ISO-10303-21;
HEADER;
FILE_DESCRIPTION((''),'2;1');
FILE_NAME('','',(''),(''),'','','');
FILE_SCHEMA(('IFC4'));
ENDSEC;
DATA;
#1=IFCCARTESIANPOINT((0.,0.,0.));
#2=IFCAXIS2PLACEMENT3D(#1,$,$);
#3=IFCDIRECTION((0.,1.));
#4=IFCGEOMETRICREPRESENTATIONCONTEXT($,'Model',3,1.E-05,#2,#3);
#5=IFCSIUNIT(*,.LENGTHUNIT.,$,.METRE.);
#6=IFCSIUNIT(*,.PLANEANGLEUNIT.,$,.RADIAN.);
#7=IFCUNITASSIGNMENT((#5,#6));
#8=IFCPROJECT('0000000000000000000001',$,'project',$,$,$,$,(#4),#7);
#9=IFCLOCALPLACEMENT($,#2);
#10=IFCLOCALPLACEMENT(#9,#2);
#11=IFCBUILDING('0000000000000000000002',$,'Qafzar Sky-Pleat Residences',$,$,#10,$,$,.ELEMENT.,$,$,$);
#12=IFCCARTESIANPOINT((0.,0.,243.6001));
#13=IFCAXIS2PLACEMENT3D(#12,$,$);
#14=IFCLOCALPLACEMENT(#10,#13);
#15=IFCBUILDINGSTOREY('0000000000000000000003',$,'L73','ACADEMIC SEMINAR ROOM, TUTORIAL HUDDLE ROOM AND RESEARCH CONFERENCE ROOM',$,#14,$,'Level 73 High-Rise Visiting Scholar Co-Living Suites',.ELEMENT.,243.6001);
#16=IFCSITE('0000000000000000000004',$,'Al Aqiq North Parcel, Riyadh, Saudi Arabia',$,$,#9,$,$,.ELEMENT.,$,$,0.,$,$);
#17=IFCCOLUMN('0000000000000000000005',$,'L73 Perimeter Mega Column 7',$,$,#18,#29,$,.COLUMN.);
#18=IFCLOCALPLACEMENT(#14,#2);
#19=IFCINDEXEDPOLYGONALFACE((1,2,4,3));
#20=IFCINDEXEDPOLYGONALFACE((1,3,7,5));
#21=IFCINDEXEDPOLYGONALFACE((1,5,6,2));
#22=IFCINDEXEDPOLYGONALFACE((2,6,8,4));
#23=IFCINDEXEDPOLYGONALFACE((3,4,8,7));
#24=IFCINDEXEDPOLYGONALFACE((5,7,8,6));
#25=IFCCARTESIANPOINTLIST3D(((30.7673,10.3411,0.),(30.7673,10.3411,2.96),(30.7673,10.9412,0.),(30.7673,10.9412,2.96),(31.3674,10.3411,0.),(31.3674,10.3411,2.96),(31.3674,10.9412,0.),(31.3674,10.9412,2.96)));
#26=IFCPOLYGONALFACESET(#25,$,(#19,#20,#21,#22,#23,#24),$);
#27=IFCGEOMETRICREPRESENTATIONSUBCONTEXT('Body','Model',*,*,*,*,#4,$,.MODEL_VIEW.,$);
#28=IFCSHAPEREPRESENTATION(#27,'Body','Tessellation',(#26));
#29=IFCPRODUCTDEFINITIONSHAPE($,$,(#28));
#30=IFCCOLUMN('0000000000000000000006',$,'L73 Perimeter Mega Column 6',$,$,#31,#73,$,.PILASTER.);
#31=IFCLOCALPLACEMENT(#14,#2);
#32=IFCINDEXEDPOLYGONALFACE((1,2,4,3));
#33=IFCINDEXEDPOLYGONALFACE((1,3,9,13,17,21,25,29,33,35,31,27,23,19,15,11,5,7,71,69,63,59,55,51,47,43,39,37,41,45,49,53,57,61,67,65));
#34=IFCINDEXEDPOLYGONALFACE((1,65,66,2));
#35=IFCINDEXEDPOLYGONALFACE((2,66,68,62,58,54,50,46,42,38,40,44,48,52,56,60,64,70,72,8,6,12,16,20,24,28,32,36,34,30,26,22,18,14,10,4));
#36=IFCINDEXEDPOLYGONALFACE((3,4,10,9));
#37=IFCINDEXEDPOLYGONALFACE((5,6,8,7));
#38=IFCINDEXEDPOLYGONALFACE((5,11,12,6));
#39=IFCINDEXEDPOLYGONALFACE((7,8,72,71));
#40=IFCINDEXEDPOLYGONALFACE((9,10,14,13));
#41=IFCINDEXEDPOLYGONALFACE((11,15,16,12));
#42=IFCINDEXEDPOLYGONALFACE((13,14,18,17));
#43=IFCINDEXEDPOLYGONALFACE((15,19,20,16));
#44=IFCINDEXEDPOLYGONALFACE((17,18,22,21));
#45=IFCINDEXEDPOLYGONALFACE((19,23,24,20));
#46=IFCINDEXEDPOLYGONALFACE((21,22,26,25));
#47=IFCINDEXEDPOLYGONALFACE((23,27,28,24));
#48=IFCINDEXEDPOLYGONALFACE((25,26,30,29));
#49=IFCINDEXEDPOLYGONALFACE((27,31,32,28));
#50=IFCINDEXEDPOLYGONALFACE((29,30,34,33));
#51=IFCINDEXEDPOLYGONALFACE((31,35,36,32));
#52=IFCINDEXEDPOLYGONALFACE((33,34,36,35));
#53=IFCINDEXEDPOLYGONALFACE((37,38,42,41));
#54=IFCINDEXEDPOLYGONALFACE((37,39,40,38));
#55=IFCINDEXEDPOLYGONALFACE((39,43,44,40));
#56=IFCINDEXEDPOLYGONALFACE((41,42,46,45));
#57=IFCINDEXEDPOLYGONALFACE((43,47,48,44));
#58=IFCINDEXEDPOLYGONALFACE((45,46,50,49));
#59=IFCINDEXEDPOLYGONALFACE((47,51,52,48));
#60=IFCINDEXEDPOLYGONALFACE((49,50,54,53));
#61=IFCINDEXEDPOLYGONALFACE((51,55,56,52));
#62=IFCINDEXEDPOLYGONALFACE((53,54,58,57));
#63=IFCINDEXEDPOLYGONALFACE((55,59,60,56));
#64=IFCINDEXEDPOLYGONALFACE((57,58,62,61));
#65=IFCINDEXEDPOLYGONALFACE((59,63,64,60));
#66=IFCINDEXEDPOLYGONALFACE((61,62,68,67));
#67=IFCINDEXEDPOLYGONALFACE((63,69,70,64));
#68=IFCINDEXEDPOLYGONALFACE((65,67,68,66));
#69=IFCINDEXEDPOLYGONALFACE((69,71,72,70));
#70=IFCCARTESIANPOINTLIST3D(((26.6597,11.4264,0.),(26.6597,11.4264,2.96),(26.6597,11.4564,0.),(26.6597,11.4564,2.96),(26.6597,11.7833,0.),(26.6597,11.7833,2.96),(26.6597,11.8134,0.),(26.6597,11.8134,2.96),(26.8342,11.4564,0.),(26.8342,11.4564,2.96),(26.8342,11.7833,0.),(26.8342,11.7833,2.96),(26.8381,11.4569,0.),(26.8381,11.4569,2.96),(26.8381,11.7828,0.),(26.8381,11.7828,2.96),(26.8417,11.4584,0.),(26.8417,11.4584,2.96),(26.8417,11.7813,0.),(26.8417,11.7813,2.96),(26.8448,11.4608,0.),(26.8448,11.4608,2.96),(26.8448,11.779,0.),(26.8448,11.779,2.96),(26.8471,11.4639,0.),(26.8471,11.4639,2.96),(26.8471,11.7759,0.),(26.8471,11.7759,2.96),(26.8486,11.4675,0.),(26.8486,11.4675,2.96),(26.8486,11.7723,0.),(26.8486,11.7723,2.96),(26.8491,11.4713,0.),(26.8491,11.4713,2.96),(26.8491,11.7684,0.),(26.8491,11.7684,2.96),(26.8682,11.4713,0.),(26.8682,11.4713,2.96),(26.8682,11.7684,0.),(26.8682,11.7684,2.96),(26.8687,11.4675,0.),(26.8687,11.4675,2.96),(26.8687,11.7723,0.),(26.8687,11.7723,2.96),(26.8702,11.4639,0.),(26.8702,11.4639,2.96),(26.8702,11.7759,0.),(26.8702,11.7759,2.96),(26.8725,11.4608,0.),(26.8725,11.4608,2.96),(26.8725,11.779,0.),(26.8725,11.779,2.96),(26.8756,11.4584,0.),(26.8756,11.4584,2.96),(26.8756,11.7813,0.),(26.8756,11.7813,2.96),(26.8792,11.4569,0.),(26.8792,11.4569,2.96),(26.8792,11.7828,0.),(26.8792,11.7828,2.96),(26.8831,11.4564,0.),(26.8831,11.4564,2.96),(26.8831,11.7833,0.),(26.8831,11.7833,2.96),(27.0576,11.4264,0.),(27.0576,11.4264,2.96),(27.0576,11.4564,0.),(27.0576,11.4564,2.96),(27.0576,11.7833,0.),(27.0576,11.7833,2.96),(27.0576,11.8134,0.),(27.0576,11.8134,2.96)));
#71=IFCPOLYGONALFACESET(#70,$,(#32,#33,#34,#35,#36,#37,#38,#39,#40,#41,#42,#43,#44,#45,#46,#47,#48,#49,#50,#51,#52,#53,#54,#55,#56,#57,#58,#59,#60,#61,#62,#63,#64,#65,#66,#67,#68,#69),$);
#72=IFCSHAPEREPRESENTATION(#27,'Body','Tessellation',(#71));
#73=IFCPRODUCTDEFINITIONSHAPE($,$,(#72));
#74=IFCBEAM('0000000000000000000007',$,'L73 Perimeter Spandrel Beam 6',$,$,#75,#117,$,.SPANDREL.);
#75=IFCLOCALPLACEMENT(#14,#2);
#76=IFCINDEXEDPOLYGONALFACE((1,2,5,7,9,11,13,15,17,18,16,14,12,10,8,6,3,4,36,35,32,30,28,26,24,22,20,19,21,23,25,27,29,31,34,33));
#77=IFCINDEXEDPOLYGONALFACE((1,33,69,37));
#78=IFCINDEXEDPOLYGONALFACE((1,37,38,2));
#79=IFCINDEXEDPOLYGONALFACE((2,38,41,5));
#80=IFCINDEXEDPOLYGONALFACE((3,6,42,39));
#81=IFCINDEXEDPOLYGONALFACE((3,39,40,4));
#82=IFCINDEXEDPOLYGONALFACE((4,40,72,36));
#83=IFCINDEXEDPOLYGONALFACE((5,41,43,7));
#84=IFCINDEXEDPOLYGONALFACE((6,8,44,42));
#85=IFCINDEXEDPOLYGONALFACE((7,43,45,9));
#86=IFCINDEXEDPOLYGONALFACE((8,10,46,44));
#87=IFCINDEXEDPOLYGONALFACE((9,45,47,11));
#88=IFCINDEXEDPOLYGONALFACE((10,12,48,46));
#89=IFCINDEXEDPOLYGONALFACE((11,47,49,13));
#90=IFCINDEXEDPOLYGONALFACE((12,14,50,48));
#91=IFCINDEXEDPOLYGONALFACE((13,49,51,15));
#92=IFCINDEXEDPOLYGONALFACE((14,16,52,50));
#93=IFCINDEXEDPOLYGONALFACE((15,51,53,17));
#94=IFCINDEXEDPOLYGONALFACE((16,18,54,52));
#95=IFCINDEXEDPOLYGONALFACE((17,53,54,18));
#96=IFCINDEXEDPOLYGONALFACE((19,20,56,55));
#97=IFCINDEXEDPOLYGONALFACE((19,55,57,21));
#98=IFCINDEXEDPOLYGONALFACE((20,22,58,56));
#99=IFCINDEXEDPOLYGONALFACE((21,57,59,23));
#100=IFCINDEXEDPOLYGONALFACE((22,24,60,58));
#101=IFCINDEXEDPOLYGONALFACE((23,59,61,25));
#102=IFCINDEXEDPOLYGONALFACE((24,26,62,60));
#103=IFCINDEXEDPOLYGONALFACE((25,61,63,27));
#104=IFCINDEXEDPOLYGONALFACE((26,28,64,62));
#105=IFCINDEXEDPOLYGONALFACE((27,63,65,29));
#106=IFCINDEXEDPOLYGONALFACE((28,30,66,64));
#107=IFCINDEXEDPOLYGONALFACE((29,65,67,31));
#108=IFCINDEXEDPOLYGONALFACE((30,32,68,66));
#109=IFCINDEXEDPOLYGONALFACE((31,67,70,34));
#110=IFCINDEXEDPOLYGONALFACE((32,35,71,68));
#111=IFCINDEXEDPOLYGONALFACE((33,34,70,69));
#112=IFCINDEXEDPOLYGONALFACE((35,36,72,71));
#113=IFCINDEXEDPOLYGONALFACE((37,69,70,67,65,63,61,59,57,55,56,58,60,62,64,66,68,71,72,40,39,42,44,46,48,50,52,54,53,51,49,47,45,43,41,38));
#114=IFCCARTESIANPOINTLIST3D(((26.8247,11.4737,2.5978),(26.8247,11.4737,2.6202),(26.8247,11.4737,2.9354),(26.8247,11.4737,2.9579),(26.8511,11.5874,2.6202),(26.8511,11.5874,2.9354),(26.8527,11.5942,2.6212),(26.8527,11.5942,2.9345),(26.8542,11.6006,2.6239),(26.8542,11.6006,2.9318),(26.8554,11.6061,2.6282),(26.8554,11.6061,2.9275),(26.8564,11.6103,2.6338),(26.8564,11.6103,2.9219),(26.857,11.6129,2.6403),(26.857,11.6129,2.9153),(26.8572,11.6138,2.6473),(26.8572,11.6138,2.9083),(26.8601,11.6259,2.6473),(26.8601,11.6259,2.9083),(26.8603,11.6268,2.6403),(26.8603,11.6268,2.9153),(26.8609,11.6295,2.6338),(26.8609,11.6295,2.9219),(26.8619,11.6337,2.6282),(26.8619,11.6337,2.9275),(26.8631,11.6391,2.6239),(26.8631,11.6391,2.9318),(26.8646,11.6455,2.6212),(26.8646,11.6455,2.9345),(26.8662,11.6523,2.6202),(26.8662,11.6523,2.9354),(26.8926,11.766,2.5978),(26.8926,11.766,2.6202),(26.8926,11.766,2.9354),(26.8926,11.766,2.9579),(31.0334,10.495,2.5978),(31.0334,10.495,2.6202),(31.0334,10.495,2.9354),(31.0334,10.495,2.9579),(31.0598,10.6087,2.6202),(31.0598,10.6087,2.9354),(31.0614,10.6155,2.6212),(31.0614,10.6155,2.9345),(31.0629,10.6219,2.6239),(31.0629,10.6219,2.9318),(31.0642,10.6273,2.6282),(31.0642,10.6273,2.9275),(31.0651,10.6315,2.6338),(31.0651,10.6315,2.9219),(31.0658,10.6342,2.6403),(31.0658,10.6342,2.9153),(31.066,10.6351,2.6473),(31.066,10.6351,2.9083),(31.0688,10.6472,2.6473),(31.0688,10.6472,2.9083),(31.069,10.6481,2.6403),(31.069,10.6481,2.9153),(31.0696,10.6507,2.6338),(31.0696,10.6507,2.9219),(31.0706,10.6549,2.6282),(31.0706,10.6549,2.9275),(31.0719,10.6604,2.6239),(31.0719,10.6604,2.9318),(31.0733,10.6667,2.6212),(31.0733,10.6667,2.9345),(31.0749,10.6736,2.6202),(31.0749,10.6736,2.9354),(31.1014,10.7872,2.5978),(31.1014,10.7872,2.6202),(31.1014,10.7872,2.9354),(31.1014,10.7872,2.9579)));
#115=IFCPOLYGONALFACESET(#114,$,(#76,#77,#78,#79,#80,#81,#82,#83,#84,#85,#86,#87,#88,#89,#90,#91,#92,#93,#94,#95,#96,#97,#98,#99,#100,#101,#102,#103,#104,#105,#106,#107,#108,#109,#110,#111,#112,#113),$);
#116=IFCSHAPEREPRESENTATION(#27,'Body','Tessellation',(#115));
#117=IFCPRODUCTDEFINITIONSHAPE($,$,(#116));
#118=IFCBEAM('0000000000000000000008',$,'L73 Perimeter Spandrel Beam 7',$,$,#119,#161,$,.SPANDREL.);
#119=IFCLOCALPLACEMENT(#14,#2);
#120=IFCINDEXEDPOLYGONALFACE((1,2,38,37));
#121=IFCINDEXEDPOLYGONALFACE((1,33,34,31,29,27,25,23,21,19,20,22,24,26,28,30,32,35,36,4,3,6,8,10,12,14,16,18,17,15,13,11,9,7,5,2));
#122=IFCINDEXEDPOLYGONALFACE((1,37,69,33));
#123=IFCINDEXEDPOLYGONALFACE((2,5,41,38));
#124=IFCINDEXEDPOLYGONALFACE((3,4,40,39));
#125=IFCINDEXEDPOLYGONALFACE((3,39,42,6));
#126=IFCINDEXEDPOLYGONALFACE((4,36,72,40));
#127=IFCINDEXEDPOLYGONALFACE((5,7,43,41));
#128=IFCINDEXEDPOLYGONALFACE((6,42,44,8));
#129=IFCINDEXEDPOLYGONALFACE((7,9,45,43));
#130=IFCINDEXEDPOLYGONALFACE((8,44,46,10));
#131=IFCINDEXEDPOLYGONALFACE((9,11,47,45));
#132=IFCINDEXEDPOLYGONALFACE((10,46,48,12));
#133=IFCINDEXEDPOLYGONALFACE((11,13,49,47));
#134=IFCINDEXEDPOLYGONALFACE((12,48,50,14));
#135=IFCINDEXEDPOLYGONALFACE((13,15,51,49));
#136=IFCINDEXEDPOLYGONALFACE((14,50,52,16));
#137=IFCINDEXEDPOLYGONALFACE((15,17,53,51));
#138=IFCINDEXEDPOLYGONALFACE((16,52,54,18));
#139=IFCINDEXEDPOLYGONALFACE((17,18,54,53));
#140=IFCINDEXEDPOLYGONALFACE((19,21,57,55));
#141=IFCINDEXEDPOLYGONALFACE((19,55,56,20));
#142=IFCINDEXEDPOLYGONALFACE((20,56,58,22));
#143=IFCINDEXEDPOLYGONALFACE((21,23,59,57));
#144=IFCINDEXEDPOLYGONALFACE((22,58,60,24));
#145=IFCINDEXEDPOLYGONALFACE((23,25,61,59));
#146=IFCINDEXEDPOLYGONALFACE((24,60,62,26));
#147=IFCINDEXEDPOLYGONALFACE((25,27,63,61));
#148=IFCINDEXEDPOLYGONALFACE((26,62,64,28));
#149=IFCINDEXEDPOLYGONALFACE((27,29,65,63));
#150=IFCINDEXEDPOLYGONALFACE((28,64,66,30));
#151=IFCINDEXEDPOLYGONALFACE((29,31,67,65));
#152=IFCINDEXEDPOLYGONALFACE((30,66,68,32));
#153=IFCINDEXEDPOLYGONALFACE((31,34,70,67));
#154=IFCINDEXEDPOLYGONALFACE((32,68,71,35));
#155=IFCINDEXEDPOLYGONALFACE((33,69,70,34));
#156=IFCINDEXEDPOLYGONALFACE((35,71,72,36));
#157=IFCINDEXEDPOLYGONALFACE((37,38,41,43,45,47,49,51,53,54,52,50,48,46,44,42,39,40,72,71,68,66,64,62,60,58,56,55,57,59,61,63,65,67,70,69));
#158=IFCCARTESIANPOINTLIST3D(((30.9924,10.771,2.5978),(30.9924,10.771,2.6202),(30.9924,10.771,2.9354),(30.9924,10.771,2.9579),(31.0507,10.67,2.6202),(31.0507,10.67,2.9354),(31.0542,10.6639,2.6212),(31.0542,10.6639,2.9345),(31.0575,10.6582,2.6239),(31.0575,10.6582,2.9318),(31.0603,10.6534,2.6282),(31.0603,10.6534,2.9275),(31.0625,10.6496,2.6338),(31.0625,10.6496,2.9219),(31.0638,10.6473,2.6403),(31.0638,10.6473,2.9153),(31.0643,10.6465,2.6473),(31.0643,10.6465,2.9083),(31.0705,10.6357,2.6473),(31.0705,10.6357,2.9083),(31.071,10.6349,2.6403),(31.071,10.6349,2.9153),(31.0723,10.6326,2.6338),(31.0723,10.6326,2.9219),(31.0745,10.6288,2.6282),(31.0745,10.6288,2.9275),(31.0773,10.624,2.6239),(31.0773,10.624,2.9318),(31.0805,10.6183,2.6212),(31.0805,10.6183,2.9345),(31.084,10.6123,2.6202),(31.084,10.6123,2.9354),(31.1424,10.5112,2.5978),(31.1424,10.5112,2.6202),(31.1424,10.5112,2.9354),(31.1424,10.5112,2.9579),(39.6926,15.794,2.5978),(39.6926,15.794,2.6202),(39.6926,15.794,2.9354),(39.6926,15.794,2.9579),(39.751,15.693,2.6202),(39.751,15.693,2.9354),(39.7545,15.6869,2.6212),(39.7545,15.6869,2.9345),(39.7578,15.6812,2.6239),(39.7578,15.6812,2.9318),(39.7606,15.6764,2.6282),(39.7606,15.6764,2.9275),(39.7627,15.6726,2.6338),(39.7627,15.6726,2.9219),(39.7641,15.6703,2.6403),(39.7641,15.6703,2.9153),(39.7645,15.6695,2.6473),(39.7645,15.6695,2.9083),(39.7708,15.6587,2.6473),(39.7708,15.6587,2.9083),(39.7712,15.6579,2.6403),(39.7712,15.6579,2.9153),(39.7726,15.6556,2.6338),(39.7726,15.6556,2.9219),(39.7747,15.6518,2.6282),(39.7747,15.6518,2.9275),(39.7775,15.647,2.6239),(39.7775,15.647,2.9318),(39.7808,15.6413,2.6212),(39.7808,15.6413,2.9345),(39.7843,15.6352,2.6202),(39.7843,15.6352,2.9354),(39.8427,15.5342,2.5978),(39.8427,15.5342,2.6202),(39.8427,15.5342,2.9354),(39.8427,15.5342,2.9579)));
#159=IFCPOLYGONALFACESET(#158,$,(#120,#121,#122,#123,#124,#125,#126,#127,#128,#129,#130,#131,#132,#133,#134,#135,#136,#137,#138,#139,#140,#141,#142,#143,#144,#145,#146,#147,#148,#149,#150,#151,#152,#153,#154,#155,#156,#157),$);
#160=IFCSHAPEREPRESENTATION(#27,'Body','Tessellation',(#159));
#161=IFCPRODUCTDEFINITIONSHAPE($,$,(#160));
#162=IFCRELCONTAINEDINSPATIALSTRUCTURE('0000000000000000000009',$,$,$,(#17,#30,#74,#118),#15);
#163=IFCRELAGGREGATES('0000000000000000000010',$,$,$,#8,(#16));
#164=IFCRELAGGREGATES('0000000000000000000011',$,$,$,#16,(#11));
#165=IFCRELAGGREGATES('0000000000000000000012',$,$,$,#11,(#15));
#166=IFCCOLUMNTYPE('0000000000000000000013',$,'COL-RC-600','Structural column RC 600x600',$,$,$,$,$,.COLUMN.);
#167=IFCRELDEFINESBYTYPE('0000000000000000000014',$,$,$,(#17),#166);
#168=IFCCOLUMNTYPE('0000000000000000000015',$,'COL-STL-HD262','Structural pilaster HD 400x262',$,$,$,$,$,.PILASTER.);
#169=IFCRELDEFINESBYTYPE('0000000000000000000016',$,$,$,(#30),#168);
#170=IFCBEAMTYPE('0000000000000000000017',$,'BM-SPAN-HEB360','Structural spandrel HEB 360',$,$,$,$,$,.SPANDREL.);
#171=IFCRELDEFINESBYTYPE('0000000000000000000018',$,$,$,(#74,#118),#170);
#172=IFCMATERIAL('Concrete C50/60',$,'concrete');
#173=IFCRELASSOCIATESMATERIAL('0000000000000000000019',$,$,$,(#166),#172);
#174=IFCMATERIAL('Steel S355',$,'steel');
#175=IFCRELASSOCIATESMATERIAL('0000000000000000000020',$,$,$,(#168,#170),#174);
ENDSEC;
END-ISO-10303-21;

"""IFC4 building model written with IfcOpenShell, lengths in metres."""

from ifc_helpers import new_model, si_unit, direction, frame, origin, origin_2d, place, context, subcontext, project, spatial, rectangle, i_section, extrude, source, transform, mapped, material, material_profile, profile_set, type_object, element, save


model = new_model("IFC4")

# Units and contexts
model_context = context("Model", 3, precision=1e-05, world=origin(), true_north=direction((0.0, 1.0)))
body_context = subcontext(model_context, "Body", "Model", "MODEL_VIEW")
ifc_project = project(units=[si_unit("LENGTHUNIT", "METRE"), si_unit("PLANEANGLEUNIT", "RADIAN")], contexts=[model_context])

# Site, building, storey
site_placement = place(None, origin())
site = spatial("IfcSite", under=ifc_project, at=site_placement, Name="Al Aqiq North Parcel, Riyadh, Saudi Arabia", CompositionType="ELEMENT", RefElevation=0.0)
building_placement = place(site_placement, origin())
building = spatial("IfcBuilding", under=site, at=building_placement, Name="Qafzar Sky-Pleat Residences", CompositionType="ELEMENT")
storey_placement = place(building_placement, frame((0.0, 0.0, 243.6001)))
storey = spatial("IfcBuildingStorey", under=building, at=storey_placement, Name="L73", Description="ACADEMIC SEMINAR ROOM, TUTORIAL HUDDLE ROOM AND RESEARCH CONFERENCE ROOM", LongName="Level 73 High-Rise Visiting Scholar Co-Living Suites", CompositionType="ELEMENT", Elevation=243.6001)

# Columns
ifc_material_1 = material(Name="Concrete C50/60", Category="concrete")
ifc_material_profile_1 = material_profile(ifc_material_1, rectangle(XDim=0.6001, YDim=0.6001, at=origin_2d()), Name="RC 600x600")
ifc_profile_set_1 = profile_set([ifc_material_profile_1], Name="Concrete C50/60")
column_type_1 = type_object("IfcColumnType", Name="COL-RC-600", Description="Structural column RC 600x600", PredefinedType="COLUMN", material=ifc_profile_set_1)
shared_shape_1 = source(origin(), body_context, "Body", "SweptSolid", [
    extrude(rectangle(XDim=0.6001, YDim=0.6001, at=origin_2d()), origin(), (0.0, 0.0, 1.0), 2.96),
])
column_1_placement = place(storey_placement, frame((31.0674, 10.6411, 0.0), z_axis=(0.0, 0.0, 1.0), x_axis=(1.0, 0.0, 0.0)))
element("IfcColumn", 1, at=column_1_placement, inside=storey, type_object=column_type_1, Name="L73 Perimeter Mega Column 7", PredefinedType="COLUMN", context=body_context, shape_type="MappedRepresentation", body=[
    mapped(shared_shape_1, transform((0.0, 0.0, 0.0), x_axis=(1.0, 0.0, 0.0), y_axis=(0.0, 1.0, 0.0), z_axis=(0.0, 0.0, 1.0), scale=1.0)),
])
ifc_material_2 = material(Name="Steel S355", Category="steel")
ifc_material_profile_2 = material_profile(ifc_material_2, i_section(OverallWidth=0.3979, OverallDepth=0.387, WebThickness=0.019, FlangeThickness=0.03, FilletRadius=0.0149, at=origin_2d()), Name="HD 400x262")
ifc_profile_set_2 = profile_set([ifc_material_profile_2], Name="Steel S355")
column_type_2 = type_object("IfcColumnType", Name="COL-STL-HD262", Description="Structural pilaster HD 400x262", PredefinedType="PILASTER", material=ifc_profile_set_2)
shared_shape_2 = source(origin(), body_context, "Body", "SweptSolid", [
    extrude(i_section(OverallWidth=0.3979, OverallDepth=0.387, WebThickness=0.019, FlangeThickness=0.03, FilletRadius=0.0149, at=origin_2d()), origin(), (0.0, 0.0, 1.0), 2.96),
])
column_2_placement = place(storey_placement, frame((26.8586, 11.6199, 0.0), z_axis=(0.0, 0.0, 1.0), x_axis=(1.0, 0.0, 0.0)))
element("IfcColumn", 2, at=column_2_placement, inside=storey, type_object=column_type_2, Name="L73 Perimeter Mega Column 6", PredefinedType="PILASTER", context=body_context, shape_type="MappedRepresentation", body=[
    mapped(shared_shape_2, transform((0.0, 0.0, 0.0), x_axis=(1.0, 0.0, 0.0), y_axis=(0.0, 1.0, 0.0), z_axis=(0.0, 0.0, 1.0), scale=1.0)),
])

# Beams
ifc_material_profile_3 = material_profile(ifc_material_2, i_section(OverallWidth=0.3, OverallDepth=0.3601, WebThickness=0.0125, FlangeThickness=0.0225, FilletRadius=0.0271, at=origin_2d()), Name="HEB 360")
ifc_profile_set_3 = profile_set([ifc_material_profile_3], Name="Steel S355")
beam_type_1 = type_object("IfcBeamType", Name="BM-SPAN-HEB360", Description="Structural spandrel HEB 360", PredefinedType="SPANDREL", material=ifc_profile_set_3)
shared_shape_3 = source(origin(), body_context, "Body", "SweptSolid", [
    extrude(i_section(OverallWidth=0.3, OverallDepth=0.3601, WebThickness=0.0125, FlangeThickness=0.0225, FilletRadius=0.0271, at=origin_2d()), origin(), (0.0, 0.0, 1.0), 4.321),
])
beam_1_placement = place(storey_placement, frame((26.8586, 11.6199, 2.7778), z_axis=(0.974009, -0.22651, 0.0), x_axis=(0.22651, 0.974009, 0.0)))
element("IfcBeam", 3, at=beam_1_placement, inside=storey, type_object=beam_type_1, Name="L73 Perimeter Spandrel Beam 6", PredefinedType="SPANDREL", context=body_context, shape_type="MappedRepresentation", body=[
    mapped(shared_shape_3, transform((0.0, 0.0, 0.0), x_axis=(1.0, 0.0, 0.0), y_axis=(0.0, 1.0, 0.0), z_axis=(0.0, 0.0, 1.0), scale=1.0)),
])
shared_shape_4 = source(origin(), body_context, "Body", "SweptSolid", [
    extrude(i_section(OverallWidth=0.3, OverallDepth=0.3601, WebThickness=0.0125, FlangeThickness=0.0225, FilletRadius=0.0271, at=origin_2d()), origin(), (0.0, 0.0, 1.0), 10.0461),
])
beam_2_placement = place(storey_placement, frame((31.0674, 10.6411, 2.7778), z_axis=(0.86603, 0.499992, 0.0), x_axis=(-0.499992, 0.86603, 0.0)))
element("IfcBeam", 4, at=beam_2_placement, inside=storey, type_object=beam_type_1, Name="L73 Perimeter Spandrel Beam 7", PredefinedType="SPANDREL", context=body_context, shape_type="MappedRepresentation", body=[
    mapped(shared_shape_4, transform((0.0, 0.0, 0.0), x_axis=(1.0, 0.0, 0.0), y_axis=(0.0, 1.0, 0.0), z_axis=(0.0, 0.0, 1.0), scale=1.0)),
])

save(model, "model.ifc")
